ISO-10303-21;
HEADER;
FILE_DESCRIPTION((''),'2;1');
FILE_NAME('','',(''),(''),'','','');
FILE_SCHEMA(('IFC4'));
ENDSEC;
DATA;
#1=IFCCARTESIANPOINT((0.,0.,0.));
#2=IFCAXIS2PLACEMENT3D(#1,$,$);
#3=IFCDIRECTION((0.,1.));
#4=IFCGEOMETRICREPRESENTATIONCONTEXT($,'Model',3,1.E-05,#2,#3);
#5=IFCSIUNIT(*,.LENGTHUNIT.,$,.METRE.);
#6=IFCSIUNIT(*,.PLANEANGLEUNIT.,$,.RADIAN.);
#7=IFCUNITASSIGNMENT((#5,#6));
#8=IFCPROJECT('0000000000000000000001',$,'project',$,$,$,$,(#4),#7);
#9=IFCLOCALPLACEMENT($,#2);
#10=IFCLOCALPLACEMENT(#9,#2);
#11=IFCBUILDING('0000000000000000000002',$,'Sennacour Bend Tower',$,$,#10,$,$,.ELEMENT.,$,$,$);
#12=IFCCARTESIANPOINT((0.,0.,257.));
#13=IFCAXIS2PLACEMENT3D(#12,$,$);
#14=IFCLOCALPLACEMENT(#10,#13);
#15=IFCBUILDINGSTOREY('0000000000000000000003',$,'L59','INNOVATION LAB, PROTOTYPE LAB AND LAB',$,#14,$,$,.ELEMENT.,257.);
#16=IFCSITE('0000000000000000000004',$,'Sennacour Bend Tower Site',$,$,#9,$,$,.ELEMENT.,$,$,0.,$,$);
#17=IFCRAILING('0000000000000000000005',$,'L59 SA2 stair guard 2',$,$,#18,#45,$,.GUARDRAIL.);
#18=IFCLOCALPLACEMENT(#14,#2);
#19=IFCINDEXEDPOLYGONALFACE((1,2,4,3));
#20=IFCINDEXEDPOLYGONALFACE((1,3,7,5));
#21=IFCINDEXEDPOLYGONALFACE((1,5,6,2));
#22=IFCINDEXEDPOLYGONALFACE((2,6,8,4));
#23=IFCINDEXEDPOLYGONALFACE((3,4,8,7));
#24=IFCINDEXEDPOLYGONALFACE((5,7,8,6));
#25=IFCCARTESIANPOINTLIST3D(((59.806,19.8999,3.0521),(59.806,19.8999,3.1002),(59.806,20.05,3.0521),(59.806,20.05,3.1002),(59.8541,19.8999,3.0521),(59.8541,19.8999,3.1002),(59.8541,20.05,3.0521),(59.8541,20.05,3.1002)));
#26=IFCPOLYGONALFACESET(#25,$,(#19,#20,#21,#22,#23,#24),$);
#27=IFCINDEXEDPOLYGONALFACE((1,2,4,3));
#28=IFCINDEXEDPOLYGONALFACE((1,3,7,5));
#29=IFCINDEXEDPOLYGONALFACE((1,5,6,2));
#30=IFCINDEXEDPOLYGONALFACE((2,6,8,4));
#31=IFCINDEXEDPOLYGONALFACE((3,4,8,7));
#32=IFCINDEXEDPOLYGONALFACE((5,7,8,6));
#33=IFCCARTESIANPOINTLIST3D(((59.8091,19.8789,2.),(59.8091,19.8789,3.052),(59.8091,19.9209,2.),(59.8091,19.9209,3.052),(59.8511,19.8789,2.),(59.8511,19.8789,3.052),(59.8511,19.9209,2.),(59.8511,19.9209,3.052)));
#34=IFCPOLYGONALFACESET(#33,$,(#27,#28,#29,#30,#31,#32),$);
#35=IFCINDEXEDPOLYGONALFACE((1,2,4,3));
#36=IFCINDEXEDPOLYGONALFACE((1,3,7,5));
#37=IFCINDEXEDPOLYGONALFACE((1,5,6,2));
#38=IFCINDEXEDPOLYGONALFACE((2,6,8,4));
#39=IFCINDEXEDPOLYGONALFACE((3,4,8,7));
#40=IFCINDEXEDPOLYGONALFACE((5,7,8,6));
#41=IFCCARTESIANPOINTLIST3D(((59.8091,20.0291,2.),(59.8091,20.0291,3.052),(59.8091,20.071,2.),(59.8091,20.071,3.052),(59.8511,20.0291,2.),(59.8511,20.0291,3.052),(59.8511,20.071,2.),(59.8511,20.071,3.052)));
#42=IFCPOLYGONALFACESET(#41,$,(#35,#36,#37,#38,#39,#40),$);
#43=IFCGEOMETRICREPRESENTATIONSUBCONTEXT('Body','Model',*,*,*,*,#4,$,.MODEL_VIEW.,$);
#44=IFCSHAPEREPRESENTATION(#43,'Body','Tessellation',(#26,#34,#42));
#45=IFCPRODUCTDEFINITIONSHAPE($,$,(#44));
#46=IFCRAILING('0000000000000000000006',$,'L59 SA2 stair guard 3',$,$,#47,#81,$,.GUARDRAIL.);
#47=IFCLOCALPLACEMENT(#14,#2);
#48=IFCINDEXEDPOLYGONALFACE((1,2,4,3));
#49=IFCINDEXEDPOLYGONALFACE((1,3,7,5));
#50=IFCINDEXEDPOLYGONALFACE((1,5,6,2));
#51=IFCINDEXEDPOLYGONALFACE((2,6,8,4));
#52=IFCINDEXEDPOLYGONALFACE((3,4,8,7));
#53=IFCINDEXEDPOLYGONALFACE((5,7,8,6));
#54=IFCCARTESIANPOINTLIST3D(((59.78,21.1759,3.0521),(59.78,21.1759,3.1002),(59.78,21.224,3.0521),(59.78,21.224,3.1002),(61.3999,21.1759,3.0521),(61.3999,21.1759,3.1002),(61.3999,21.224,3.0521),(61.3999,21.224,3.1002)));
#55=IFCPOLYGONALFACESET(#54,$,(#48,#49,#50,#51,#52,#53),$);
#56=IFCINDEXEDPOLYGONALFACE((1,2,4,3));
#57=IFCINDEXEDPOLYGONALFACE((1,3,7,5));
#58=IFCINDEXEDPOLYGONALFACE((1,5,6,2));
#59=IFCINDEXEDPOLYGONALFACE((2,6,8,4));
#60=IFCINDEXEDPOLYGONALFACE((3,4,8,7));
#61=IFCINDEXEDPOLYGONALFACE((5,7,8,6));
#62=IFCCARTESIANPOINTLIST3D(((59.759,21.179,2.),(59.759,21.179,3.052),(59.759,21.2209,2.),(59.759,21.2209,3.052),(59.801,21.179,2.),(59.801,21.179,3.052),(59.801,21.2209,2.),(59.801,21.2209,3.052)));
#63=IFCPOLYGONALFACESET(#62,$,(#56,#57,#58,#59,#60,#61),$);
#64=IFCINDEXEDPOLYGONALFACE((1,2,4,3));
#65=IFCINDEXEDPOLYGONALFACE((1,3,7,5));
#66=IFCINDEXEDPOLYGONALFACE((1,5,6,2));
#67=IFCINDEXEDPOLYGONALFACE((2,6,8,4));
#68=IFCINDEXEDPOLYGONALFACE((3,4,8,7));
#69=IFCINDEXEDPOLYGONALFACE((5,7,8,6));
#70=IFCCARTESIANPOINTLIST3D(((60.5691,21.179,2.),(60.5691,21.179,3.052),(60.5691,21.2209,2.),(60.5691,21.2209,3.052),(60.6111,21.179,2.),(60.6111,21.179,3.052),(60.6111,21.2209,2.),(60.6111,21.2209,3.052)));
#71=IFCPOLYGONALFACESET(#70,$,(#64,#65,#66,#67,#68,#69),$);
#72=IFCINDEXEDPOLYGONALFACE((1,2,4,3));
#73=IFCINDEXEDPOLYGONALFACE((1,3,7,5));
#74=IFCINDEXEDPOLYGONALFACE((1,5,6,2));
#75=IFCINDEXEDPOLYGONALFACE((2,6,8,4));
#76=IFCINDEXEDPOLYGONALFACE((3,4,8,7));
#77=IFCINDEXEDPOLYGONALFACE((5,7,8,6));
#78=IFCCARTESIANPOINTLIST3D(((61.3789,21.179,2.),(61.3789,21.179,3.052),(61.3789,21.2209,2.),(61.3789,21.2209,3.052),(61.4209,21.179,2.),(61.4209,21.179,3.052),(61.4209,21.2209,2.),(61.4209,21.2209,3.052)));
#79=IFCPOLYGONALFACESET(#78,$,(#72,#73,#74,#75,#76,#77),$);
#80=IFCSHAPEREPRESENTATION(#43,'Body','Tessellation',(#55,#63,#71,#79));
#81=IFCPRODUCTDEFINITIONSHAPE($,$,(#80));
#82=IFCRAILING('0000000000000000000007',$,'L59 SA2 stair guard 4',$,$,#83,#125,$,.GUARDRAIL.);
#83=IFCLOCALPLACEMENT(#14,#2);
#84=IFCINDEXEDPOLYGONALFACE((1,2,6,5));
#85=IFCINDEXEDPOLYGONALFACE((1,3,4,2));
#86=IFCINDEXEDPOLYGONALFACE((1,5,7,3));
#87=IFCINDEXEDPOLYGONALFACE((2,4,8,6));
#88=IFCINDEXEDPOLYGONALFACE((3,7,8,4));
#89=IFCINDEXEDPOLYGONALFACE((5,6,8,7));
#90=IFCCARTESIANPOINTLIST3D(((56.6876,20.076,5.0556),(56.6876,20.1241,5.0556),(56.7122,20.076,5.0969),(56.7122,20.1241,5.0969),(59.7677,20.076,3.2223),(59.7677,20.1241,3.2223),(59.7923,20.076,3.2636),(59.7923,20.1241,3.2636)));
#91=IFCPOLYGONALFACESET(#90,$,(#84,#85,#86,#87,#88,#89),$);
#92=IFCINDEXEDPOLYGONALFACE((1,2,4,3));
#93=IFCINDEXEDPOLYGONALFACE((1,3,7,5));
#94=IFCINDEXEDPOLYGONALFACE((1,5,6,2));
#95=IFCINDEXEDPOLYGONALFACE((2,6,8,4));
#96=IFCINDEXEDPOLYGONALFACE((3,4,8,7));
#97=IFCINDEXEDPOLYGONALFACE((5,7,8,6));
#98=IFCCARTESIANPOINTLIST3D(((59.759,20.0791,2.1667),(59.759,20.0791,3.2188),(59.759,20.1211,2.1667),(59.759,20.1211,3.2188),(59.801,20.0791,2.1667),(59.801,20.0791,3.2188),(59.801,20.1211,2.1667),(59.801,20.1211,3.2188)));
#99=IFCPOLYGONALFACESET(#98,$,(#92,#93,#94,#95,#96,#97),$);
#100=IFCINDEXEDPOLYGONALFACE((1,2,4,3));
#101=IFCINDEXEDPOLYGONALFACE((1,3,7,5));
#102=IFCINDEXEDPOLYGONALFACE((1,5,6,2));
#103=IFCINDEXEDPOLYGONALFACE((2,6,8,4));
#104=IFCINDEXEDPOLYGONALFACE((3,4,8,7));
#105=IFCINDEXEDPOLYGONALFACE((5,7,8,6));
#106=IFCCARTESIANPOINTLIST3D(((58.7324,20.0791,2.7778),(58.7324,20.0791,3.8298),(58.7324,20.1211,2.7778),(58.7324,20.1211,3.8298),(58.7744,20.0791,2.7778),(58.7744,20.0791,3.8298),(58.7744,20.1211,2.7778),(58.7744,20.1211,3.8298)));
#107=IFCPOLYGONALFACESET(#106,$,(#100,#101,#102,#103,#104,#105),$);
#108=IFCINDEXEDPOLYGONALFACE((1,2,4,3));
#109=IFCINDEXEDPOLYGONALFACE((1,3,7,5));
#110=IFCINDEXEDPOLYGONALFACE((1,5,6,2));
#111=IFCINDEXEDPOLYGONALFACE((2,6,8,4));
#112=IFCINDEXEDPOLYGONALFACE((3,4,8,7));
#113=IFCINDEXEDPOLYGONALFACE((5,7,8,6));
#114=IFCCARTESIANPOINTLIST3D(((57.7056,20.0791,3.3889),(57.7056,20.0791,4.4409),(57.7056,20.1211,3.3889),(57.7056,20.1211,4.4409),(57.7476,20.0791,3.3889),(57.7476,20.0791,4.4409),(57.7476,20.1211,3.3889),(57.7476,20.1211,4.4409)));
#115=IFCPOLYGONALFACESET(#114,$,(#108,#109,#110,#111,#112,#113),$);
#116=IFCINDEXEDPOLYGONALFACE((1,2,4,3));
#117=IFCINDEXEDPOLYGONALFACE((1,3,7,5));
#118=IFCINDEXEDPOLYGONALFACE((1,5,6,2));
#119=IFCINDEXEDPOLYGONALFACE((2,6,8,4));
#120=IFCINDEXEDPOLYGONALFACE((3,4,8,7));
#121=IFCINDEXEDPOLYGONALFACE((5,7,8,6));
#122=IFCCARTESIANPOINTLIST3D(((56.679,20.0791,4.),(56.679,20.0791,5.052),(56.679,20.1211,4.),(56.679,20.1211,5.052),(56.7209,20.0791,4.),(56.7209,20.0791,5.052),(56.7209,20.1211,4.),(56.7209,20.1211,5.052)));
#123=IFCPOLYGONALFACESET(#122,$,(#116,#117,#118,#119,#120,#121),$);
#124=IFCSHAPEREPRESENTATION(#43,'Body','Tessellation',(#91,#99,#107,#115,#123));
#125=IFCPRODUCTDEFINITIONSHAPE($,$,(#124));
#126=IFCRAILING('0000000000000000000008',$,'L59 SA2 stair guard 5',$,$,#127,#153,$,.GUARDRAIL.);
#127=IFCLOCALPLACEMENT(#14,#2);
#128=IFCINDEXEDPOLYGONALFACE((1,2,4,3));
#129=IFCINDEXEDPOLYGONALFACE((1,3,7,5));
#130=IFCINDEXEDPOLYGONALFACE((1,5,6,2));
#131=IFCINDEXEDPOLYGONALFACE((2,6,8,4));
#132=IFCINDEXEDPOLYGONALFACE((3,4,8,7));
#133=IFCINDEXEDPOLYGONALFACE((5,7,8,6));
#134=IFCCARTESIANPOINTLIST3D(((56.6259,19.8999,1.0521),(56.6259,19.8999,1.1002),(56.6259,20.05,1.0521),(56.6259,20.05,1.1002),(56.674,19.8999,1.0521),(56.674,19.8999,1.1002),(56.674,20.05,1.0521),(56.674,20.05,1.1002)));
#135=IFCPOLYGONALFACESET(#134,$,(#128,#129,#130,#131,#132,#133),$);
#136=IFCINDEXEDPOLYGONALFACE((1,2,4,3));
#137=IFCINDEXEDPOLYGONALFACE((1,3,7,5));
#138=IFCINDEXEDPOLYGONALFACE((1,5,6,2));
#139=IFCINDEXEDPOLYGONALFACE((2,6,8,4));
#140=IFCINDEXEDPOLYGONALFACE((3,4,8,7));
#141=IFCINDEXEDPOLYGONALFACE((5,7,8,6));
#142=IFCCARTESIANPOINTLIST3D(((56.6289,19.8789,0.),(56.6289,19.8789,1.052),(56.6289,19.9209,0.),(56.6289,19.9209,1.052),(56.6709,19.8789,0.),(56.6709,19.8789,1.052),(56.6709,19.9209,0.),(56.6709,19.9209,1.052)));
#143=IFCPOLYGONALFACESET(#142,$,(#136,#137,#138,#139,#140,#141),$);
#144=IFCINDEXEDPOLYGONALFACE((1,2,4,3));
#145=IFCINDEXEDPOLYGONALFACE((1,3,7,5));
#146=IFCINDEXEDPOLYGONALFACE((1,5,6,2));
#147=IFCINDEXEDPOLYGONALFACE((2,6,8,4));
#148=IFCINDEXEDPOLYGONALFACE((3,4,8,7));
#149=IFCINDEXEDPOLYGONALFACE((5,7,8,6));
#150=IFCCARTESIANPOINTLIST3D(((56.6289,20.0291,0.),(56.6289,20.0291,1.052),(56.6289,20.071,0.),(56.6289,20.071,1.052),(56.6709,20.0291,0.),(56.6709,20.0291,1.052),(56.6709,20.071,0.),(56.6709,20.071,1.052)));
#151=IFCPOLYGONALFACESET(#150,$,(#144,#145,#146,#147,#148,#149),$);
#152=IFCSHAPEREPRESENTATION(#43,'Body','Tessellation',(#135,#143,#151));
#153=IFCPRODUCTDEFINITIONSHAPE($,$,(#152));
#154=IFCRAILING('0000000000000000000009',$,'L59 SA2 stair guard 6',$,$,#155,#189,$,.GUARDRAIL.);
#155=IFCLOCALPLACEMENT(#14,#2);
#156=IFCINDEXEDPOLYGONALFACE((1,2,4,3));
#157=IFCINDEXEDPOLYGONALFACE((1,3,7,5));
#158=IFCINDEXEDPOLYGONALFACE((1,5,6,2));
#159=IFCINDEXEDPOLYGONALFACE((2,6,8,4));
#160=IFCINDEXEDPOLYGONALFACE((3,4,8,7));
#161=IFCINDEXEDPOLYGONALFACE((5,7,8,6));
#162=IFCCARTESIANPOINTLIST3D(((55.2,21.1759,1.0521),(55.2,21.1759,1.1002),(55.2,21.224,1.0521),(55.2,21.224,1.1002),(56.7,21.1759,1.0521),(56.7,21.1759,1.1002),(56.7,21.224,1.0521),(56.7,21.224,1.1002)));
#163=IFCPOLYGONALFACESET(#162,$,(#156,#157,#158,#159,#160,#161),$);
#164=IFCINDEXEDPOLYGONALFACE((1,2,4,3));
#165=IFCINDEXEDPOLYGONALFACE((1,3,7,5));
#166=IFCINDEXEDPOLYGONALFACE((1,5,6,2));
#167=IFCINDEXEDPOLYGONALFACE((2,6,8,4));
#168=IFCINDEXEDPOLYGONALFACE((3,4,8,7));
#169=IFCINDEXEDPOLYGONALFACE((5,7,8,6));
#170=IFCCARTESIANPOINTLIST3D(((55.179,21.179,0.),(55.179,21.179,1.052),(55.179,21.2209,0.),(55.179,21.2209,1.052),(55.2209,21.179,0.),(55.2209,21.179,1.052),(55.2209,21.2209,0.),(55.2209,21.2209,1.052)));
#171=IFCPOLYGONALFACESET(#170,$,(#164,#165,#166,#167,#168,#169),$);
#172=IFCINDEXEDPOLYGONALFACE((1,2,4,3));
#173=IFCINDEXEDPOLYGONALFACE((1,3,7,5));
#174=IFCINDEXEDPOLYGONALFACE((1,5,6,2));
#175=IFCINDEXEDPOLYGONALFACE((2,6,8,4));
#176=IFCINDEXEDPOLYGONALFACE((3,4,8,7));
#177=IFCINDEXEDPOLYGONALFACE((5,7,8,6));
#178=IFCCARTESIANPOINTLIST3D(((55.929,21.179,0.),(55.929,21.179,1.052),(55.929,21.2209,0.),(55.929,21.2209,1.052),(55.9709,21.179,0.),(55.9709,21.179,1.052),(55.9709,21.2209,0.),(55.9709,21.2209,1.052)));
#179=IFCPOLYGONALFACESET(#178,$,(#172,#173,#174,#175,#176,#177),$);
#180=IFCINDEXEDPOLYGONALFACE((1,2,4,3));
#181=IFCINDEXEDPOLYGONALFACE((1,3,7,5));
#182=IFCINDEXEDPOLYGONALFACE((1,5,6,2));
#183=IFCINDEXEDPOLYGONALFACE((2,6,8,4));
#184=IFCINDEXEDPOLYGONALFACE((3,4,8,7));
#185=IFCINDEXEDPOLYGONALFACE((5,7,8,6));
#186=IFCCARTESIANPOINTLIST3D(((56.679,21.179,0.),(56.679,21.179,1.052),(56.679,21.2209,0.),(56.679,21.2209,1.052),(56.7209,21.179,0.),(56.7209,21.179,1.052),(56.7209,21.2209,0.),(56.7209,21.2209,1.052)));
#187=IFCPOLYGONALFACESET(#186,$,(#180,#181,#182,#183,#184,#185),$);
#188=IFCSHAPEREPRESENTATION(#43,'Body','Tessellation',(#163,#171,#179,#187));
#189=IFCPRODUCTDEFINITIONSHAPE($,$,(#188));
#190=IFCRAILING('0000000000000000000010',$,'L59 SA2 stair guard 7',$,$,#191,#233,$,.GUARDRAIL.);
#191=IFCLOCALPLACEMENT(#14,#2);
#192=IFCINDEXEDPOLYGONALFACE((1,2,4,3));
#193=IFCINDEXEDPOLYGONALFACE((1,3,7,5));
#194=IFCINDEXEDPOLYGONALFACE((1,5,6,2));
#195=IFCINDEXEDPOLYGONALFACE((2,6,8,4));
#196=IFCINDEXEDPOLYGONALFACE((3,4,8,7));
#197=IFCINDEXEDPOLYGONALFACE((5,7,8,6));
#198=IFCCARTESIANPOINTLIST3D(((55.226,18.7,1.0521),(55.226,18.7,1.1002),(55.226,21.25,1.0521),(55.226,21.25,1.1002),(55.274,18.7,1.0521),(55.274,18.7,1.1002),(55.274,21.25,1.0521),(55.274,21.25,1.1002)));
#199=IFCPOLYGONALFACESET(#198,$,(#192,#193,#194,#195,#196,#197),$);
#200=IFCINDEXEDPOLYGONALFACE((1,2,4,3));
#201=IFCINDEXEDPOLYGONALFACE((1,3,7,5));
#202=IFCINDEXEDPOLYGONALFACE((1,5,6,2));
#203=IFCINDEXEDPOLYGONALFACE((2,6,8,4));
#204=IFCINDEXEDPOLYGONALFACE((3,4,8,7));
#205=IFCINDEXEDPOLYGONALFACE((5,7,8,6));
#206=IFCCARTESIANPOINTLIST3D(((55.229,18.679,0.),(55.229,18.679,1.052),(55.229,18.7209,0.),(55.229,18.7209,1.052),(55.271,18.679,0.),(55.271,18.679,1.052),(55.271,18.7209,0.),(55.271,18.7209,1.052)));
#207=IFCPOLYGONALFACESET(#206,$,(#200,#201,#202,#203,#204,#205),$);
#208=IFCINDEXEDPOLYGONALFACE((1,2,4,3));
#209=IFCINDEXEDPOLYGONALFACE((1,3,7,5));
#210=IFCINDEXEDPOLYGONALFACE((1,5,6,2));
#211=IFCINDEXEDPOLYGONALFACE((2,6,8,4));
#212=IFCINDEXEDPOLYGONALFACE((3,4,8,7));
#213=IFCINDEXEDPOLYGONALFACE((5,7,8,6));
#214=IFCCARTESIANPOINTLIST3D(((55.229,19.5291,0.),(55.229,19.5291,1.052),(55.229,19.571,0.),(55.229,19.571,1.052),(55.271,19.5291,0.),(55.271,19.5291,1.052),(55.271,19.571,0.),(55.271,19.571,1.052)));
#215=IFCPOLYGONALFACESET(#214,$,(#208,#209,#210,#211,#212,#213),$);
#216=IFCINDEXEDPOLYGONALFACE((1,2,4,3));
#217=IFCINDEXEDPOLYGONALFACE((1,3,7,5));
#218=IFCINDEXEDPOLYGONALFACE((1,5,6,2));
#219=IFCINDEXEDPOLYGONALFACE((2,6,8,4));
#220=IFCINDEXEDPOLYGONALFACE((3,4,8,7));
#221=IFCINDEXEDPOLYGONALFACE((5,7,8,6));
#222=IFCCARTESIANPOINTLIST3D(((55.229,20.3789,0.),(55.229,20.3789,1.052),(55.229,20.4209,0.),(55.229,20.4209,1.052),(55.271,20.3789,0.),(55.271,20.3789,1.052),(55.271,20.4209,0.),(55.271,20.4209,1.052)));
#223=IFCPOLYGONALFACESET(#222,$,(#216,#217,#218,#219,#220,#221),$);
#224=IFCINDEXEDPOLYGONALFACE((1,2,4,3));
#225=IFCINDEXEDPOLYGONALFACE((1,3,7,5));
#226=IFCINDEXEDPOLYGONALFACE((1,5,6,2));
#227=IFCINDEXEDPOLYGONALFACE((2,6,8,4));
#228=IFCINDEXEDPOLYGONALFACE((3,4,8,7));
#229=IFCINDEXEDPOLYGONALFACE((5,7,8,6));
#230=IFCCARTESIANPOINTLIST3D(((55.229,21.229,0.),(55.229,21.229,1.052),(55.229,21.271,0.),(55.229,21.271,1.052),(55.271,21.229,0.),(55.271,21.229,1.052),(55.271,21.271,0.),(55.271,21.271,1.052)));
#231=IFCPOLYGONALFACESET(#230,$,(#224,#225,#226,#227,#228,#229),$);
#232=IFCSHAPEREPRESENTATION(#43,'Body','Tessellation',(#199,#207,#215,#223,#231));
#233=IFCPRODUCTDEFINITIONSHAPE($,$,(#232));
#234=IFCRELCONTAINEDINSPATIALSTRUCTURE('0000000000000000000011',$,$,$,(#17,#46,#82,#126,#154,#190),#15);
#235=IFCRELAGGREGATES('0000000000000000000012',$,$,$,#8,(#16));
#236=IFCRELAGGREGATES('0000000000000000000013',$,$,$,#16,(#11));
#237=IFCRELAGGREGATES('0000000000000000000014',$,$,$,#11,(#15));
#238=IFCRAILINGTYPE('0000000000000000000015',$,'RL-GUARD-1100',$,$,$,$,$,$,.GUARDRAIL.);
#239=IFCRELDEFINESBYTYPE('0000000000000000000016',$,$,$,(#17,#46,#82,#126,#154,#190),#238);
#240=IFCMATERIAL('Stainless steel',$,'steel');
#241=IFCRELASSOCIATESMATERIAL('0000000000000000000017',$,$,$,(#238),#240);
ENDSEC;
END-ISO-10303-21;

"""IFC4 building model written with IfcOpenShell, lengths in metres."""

from ifc_helpers import new_model, si_unit, direction, frame, origin, origin_2d, place, context, subcontext, project, spatial, rectangle, extrude, material, type_object, element, save


model = new_model("IFC4")

# Units and contexts
model_context = context("Model", 3, precision=1e-05, world=origin(), true_north=direction((0.0, 1.0)))
body_context = subcontext(model_context, "Body", "Model", "MODEL_VIEW")
ifc_project = project(units=[si_unit("LENGTHUNIT", "METRE"), si_unit("PLANEANGLEUNIT", "RADIAN")], contexts=[model_context])

# Site, building, storey
site_placement = place(None, origin())
site = spatial("IfcSite", under=ifc_project, at=site_placement, Name="Sennacour Bend Tower Site", CompositionType="ELEMENT", RefElevation=0.0)
building_placement = place(site_placement, origin())
building = spatial("IfcBuilding", under=site, at=building_placement, Name="Sennacour Bend Tower", CompositionType="ELEMENT")
storey_placement = place(building_placement, frame((0.0, 0.0, 257.0)))
storey = spatial("IfcBuildingStorey", under=building, at=storey_placement, Name="L59", Description="INNOVATION LAB, PROTOTYPE LAB AND LAB", CompositionType="ELEMENT", Elevation=257.0)

# Railings
ifc_material_1 = material(Name="Stainless steel", Category="steel")
railing_type_1 = type_object("IfcRailingType", Name="RL-GUARD-1100", PredefinedType="GUARDRAIL", material=ifc_material_1)
railing_1_placement = place(storey_placement, frame((59.8301, 19.8999, 2.0)))
element("IfcRailing", 1, at=railing_1_placement, inside=storey, type_object=railing_type_1, Name="L59 SA2 stair guard 2", PredefinedType="GUARDRAIL", context=body_context, shape_type="SweptSolid", body=[
    extrude(rectangle(XDim=0.0481, YDim=0.0481, at=origin_2d()), frame((0.0, 0.0, 1.0762), z_axis=(0.0, 1.0, 0.0), x_axis=(-1.0, 0.0, 0.0)), (0.0, 0.0, 1.0), 0.1501),
    extrude(rectangle(XDim=0.042, YDim=0.042, at=origin_2d()), origin(), (0.0, 0.0, 1.0), 1.052),
    extrude(rectangle(XDim=0.042, YDim=0.042, at=origin_2d()), frame((0.0, 0.1501, 0.0)), (0.0, 0.0, 1.0), 1.052),
])
railing_2_placement = place(storey_placement, frame((59.78, 21.2, 2.0)))
element("IfcRailing", 2, at=railing_2_placement, inside=storey, type_object=railing_type_1, Name="L59 SA2 stair guard 3", PredefinedType="GUARDRAIL", context=body_context, shape_type="SweptSolid", body=[
    extrude(rectangle(XDim=0.0481, YDim=0.0481, at=origin_2d()), frame((0.0, 0.0, 1.0762), z_axis=(1.0, 0.0, 0.0), x_axis=(0.0, 1.0, 0.0)), (0.0, 0.0, 1.0), 1.6199),
    extrude(rectangle(XDim=0.042, YDim=0.042, at=origin_2d()), origin(), (0.0, 0.0, 1.0), 1.052),
    extrude(rectangle(XDim=0.042, YDim=0.042, at=origin_2d()), frame((0.8101, 0.0, 0.0)), (0.0, 0.0, 1.0), 1.052),
    extrude(rectangle(XDim=0.042, YDim=0.042, at=origin_2d()), frame((1.6199, 0.0, 0.0)), (0.0, 0.0, 1.0), 1.052),
])
railing_3_placement = place(storey_placement, frame((59.78, 20.1001, 2.1667)))
element("IfcRailing", 3, at=railing_3_placement, inside=storey, type_object=railing_type_1, Name="L59 SA2 stair guard 4", PredefinedType="GUARDRAIL", context=body_context, shape_type="SweptSolid", body=[
    extrude(rectangle(XDim=0.0481, YDim=0.0481, at=origin_2d()), frame((0.0, 0.0, 1.0762), z_axis=(-0.859309, 0.0, 0.511458), x_axis=(0.0, -1.0, 0.0)), (0.0, 0.0, 1.0), 3.5845),
    extrude(rectangle(XDim=0.042, YDim=0.042, at=origin_2d()), origin(), (0.0, 0.0, 1.0), 1.052),
    extrude(rectangle(XDim=0.042, YDim=0.042, at=origin_2d()), frame((-1.0266, 0.0, 0.6111)), (0.0, 0.0, 1.0), 1.052),
    extrude(rectangle(XDim=0.042, YDim=0.042, at=origin_2d()), frame((-2.0535, 0.0, 1.2222)), (0.0, 0.0, 1.0), 1.052),
    extrude(rectangle(XDim=0.042, YDim=0.042, at=origin_2d()), frame((-3.0801, 0.0, 1.8333)), (0.0, 0.0, 1.0), 1.052),
])
railing_4_placement = place(storey_placement, frame((56.6499, 19.8999, 0.0)))
element("IfcRailing", 4, at=railing_4_placement, inside=storey, type_object=railing_type_1, Name="L59 SA2 stair guard 5", PredefinedType="GUARDRAIL", context=body_context, shape_type="SweptSolid", body=[
    extrude(rectangle(XDim=0.0481, YDim=0.0481, at=origin_2d()), frame((0.0, 0.0, 1.0762), z_axis=(0.0, 1.0, 0.0), x_axis=(-1.0, 0.0, 0.0)), (0.0, 0.0, 1.0), 0.1501),
    extrude(rectangle(XDim=0.042, YDim=0.042, at=origin_2d()), origin(), (0.0, 0.0, 1.0), 1.052),
    extrude(rectangle(XDim=0.042, YDim=0.042, at=origin_2d()), frame((0.0, 0.1501, 0.0)), (0.0, 0.0, 1.0), 1.052),
])
railing_5_placement = place(storey_placement, frame((55.2, 21.2, 0.0)))
element("IfcRailing", 5, at=railing_5_placement, inside=storey, type_object=railing_type_1, Name="L59 SA2 stair guard 6", PredefinedType="GUARDRAIL", context=body_context, shape_type="SweptSolid", body=[
    extrude(rectangle(XDim=0.0481, YDim=0.0481, at=origin_2d()), frame((0.0, 0.0, 1.0762), z_axis=(1.0, 0.0, 0.0), x_axis=(0.0, 1.0, 0.0)), (0.0, 0.0, 1.0), 1.5),
    extrude(rectangle(XDim=0.042, YDim=0.042, at=origin_2d()), origin(), (0.0, 0.0, 1.0), 1.052),
    extrude(rectangle(XDim=0.042, YDim=0.042, at=origin_2d()), frame((0.75, 0.0, 0.0)), (0.0, 0.0, 1.0), 1.052),
    extrude(rectangle(XDim=0.042, YDim=0.042, at=origin_2d()), frame((1.5, 0.0, 0.0)), (0.0, 0.0, 1.0), 1.052),
])
railing_6_placement = place(storey_placement, frame((55.25, 18.7, 0.0)))
element("IfcRailing", 6, at=railing_6_placement, inside=storey, type_object=railing_type_1, Name="L59 SA2 stair guard 7", PredefinedType="GUARDRAIL", context=body_context, shape_type="SweptSolid", body=[
    extrude(rectangle(XDim=0.0481, YDim=0.0481, at=origin_2d()), frame((0.0, 0.0, 1.0762), z_axis=(0.0, 1.0, 0.0), x_axis=(-1.0, 0.0, 0.0)), (0.0, 0.0, 1.0), 2.55),
    extrude(rectangle(XDim=0.042, YDim=0.042, at=origin_2d()), origin(), (0.0, 0.0, 1.0), 1.052),
    extrude(rectangle(XDim=0.042, YDim=0.042, at=origin_2d()), frame((0.0, 0.8501, 0.0)), (0.0, 0.0, 1.0), 1.052),
    extrude(rectangle(XDim=0.042, YDim=0.042, at=origin_2d()), frame((0.0, 1.7, 0.0)), (0.0, 0.0, 1.0), 1.052),
    extrude(rectangle(XDim=0.042, YDim=0.042, at=origin_2d()), frame((0.0, 2.55, 0.0)), (0.0, 0.0, 1.0), 1.052),
])

save(model, "model.ifc")
